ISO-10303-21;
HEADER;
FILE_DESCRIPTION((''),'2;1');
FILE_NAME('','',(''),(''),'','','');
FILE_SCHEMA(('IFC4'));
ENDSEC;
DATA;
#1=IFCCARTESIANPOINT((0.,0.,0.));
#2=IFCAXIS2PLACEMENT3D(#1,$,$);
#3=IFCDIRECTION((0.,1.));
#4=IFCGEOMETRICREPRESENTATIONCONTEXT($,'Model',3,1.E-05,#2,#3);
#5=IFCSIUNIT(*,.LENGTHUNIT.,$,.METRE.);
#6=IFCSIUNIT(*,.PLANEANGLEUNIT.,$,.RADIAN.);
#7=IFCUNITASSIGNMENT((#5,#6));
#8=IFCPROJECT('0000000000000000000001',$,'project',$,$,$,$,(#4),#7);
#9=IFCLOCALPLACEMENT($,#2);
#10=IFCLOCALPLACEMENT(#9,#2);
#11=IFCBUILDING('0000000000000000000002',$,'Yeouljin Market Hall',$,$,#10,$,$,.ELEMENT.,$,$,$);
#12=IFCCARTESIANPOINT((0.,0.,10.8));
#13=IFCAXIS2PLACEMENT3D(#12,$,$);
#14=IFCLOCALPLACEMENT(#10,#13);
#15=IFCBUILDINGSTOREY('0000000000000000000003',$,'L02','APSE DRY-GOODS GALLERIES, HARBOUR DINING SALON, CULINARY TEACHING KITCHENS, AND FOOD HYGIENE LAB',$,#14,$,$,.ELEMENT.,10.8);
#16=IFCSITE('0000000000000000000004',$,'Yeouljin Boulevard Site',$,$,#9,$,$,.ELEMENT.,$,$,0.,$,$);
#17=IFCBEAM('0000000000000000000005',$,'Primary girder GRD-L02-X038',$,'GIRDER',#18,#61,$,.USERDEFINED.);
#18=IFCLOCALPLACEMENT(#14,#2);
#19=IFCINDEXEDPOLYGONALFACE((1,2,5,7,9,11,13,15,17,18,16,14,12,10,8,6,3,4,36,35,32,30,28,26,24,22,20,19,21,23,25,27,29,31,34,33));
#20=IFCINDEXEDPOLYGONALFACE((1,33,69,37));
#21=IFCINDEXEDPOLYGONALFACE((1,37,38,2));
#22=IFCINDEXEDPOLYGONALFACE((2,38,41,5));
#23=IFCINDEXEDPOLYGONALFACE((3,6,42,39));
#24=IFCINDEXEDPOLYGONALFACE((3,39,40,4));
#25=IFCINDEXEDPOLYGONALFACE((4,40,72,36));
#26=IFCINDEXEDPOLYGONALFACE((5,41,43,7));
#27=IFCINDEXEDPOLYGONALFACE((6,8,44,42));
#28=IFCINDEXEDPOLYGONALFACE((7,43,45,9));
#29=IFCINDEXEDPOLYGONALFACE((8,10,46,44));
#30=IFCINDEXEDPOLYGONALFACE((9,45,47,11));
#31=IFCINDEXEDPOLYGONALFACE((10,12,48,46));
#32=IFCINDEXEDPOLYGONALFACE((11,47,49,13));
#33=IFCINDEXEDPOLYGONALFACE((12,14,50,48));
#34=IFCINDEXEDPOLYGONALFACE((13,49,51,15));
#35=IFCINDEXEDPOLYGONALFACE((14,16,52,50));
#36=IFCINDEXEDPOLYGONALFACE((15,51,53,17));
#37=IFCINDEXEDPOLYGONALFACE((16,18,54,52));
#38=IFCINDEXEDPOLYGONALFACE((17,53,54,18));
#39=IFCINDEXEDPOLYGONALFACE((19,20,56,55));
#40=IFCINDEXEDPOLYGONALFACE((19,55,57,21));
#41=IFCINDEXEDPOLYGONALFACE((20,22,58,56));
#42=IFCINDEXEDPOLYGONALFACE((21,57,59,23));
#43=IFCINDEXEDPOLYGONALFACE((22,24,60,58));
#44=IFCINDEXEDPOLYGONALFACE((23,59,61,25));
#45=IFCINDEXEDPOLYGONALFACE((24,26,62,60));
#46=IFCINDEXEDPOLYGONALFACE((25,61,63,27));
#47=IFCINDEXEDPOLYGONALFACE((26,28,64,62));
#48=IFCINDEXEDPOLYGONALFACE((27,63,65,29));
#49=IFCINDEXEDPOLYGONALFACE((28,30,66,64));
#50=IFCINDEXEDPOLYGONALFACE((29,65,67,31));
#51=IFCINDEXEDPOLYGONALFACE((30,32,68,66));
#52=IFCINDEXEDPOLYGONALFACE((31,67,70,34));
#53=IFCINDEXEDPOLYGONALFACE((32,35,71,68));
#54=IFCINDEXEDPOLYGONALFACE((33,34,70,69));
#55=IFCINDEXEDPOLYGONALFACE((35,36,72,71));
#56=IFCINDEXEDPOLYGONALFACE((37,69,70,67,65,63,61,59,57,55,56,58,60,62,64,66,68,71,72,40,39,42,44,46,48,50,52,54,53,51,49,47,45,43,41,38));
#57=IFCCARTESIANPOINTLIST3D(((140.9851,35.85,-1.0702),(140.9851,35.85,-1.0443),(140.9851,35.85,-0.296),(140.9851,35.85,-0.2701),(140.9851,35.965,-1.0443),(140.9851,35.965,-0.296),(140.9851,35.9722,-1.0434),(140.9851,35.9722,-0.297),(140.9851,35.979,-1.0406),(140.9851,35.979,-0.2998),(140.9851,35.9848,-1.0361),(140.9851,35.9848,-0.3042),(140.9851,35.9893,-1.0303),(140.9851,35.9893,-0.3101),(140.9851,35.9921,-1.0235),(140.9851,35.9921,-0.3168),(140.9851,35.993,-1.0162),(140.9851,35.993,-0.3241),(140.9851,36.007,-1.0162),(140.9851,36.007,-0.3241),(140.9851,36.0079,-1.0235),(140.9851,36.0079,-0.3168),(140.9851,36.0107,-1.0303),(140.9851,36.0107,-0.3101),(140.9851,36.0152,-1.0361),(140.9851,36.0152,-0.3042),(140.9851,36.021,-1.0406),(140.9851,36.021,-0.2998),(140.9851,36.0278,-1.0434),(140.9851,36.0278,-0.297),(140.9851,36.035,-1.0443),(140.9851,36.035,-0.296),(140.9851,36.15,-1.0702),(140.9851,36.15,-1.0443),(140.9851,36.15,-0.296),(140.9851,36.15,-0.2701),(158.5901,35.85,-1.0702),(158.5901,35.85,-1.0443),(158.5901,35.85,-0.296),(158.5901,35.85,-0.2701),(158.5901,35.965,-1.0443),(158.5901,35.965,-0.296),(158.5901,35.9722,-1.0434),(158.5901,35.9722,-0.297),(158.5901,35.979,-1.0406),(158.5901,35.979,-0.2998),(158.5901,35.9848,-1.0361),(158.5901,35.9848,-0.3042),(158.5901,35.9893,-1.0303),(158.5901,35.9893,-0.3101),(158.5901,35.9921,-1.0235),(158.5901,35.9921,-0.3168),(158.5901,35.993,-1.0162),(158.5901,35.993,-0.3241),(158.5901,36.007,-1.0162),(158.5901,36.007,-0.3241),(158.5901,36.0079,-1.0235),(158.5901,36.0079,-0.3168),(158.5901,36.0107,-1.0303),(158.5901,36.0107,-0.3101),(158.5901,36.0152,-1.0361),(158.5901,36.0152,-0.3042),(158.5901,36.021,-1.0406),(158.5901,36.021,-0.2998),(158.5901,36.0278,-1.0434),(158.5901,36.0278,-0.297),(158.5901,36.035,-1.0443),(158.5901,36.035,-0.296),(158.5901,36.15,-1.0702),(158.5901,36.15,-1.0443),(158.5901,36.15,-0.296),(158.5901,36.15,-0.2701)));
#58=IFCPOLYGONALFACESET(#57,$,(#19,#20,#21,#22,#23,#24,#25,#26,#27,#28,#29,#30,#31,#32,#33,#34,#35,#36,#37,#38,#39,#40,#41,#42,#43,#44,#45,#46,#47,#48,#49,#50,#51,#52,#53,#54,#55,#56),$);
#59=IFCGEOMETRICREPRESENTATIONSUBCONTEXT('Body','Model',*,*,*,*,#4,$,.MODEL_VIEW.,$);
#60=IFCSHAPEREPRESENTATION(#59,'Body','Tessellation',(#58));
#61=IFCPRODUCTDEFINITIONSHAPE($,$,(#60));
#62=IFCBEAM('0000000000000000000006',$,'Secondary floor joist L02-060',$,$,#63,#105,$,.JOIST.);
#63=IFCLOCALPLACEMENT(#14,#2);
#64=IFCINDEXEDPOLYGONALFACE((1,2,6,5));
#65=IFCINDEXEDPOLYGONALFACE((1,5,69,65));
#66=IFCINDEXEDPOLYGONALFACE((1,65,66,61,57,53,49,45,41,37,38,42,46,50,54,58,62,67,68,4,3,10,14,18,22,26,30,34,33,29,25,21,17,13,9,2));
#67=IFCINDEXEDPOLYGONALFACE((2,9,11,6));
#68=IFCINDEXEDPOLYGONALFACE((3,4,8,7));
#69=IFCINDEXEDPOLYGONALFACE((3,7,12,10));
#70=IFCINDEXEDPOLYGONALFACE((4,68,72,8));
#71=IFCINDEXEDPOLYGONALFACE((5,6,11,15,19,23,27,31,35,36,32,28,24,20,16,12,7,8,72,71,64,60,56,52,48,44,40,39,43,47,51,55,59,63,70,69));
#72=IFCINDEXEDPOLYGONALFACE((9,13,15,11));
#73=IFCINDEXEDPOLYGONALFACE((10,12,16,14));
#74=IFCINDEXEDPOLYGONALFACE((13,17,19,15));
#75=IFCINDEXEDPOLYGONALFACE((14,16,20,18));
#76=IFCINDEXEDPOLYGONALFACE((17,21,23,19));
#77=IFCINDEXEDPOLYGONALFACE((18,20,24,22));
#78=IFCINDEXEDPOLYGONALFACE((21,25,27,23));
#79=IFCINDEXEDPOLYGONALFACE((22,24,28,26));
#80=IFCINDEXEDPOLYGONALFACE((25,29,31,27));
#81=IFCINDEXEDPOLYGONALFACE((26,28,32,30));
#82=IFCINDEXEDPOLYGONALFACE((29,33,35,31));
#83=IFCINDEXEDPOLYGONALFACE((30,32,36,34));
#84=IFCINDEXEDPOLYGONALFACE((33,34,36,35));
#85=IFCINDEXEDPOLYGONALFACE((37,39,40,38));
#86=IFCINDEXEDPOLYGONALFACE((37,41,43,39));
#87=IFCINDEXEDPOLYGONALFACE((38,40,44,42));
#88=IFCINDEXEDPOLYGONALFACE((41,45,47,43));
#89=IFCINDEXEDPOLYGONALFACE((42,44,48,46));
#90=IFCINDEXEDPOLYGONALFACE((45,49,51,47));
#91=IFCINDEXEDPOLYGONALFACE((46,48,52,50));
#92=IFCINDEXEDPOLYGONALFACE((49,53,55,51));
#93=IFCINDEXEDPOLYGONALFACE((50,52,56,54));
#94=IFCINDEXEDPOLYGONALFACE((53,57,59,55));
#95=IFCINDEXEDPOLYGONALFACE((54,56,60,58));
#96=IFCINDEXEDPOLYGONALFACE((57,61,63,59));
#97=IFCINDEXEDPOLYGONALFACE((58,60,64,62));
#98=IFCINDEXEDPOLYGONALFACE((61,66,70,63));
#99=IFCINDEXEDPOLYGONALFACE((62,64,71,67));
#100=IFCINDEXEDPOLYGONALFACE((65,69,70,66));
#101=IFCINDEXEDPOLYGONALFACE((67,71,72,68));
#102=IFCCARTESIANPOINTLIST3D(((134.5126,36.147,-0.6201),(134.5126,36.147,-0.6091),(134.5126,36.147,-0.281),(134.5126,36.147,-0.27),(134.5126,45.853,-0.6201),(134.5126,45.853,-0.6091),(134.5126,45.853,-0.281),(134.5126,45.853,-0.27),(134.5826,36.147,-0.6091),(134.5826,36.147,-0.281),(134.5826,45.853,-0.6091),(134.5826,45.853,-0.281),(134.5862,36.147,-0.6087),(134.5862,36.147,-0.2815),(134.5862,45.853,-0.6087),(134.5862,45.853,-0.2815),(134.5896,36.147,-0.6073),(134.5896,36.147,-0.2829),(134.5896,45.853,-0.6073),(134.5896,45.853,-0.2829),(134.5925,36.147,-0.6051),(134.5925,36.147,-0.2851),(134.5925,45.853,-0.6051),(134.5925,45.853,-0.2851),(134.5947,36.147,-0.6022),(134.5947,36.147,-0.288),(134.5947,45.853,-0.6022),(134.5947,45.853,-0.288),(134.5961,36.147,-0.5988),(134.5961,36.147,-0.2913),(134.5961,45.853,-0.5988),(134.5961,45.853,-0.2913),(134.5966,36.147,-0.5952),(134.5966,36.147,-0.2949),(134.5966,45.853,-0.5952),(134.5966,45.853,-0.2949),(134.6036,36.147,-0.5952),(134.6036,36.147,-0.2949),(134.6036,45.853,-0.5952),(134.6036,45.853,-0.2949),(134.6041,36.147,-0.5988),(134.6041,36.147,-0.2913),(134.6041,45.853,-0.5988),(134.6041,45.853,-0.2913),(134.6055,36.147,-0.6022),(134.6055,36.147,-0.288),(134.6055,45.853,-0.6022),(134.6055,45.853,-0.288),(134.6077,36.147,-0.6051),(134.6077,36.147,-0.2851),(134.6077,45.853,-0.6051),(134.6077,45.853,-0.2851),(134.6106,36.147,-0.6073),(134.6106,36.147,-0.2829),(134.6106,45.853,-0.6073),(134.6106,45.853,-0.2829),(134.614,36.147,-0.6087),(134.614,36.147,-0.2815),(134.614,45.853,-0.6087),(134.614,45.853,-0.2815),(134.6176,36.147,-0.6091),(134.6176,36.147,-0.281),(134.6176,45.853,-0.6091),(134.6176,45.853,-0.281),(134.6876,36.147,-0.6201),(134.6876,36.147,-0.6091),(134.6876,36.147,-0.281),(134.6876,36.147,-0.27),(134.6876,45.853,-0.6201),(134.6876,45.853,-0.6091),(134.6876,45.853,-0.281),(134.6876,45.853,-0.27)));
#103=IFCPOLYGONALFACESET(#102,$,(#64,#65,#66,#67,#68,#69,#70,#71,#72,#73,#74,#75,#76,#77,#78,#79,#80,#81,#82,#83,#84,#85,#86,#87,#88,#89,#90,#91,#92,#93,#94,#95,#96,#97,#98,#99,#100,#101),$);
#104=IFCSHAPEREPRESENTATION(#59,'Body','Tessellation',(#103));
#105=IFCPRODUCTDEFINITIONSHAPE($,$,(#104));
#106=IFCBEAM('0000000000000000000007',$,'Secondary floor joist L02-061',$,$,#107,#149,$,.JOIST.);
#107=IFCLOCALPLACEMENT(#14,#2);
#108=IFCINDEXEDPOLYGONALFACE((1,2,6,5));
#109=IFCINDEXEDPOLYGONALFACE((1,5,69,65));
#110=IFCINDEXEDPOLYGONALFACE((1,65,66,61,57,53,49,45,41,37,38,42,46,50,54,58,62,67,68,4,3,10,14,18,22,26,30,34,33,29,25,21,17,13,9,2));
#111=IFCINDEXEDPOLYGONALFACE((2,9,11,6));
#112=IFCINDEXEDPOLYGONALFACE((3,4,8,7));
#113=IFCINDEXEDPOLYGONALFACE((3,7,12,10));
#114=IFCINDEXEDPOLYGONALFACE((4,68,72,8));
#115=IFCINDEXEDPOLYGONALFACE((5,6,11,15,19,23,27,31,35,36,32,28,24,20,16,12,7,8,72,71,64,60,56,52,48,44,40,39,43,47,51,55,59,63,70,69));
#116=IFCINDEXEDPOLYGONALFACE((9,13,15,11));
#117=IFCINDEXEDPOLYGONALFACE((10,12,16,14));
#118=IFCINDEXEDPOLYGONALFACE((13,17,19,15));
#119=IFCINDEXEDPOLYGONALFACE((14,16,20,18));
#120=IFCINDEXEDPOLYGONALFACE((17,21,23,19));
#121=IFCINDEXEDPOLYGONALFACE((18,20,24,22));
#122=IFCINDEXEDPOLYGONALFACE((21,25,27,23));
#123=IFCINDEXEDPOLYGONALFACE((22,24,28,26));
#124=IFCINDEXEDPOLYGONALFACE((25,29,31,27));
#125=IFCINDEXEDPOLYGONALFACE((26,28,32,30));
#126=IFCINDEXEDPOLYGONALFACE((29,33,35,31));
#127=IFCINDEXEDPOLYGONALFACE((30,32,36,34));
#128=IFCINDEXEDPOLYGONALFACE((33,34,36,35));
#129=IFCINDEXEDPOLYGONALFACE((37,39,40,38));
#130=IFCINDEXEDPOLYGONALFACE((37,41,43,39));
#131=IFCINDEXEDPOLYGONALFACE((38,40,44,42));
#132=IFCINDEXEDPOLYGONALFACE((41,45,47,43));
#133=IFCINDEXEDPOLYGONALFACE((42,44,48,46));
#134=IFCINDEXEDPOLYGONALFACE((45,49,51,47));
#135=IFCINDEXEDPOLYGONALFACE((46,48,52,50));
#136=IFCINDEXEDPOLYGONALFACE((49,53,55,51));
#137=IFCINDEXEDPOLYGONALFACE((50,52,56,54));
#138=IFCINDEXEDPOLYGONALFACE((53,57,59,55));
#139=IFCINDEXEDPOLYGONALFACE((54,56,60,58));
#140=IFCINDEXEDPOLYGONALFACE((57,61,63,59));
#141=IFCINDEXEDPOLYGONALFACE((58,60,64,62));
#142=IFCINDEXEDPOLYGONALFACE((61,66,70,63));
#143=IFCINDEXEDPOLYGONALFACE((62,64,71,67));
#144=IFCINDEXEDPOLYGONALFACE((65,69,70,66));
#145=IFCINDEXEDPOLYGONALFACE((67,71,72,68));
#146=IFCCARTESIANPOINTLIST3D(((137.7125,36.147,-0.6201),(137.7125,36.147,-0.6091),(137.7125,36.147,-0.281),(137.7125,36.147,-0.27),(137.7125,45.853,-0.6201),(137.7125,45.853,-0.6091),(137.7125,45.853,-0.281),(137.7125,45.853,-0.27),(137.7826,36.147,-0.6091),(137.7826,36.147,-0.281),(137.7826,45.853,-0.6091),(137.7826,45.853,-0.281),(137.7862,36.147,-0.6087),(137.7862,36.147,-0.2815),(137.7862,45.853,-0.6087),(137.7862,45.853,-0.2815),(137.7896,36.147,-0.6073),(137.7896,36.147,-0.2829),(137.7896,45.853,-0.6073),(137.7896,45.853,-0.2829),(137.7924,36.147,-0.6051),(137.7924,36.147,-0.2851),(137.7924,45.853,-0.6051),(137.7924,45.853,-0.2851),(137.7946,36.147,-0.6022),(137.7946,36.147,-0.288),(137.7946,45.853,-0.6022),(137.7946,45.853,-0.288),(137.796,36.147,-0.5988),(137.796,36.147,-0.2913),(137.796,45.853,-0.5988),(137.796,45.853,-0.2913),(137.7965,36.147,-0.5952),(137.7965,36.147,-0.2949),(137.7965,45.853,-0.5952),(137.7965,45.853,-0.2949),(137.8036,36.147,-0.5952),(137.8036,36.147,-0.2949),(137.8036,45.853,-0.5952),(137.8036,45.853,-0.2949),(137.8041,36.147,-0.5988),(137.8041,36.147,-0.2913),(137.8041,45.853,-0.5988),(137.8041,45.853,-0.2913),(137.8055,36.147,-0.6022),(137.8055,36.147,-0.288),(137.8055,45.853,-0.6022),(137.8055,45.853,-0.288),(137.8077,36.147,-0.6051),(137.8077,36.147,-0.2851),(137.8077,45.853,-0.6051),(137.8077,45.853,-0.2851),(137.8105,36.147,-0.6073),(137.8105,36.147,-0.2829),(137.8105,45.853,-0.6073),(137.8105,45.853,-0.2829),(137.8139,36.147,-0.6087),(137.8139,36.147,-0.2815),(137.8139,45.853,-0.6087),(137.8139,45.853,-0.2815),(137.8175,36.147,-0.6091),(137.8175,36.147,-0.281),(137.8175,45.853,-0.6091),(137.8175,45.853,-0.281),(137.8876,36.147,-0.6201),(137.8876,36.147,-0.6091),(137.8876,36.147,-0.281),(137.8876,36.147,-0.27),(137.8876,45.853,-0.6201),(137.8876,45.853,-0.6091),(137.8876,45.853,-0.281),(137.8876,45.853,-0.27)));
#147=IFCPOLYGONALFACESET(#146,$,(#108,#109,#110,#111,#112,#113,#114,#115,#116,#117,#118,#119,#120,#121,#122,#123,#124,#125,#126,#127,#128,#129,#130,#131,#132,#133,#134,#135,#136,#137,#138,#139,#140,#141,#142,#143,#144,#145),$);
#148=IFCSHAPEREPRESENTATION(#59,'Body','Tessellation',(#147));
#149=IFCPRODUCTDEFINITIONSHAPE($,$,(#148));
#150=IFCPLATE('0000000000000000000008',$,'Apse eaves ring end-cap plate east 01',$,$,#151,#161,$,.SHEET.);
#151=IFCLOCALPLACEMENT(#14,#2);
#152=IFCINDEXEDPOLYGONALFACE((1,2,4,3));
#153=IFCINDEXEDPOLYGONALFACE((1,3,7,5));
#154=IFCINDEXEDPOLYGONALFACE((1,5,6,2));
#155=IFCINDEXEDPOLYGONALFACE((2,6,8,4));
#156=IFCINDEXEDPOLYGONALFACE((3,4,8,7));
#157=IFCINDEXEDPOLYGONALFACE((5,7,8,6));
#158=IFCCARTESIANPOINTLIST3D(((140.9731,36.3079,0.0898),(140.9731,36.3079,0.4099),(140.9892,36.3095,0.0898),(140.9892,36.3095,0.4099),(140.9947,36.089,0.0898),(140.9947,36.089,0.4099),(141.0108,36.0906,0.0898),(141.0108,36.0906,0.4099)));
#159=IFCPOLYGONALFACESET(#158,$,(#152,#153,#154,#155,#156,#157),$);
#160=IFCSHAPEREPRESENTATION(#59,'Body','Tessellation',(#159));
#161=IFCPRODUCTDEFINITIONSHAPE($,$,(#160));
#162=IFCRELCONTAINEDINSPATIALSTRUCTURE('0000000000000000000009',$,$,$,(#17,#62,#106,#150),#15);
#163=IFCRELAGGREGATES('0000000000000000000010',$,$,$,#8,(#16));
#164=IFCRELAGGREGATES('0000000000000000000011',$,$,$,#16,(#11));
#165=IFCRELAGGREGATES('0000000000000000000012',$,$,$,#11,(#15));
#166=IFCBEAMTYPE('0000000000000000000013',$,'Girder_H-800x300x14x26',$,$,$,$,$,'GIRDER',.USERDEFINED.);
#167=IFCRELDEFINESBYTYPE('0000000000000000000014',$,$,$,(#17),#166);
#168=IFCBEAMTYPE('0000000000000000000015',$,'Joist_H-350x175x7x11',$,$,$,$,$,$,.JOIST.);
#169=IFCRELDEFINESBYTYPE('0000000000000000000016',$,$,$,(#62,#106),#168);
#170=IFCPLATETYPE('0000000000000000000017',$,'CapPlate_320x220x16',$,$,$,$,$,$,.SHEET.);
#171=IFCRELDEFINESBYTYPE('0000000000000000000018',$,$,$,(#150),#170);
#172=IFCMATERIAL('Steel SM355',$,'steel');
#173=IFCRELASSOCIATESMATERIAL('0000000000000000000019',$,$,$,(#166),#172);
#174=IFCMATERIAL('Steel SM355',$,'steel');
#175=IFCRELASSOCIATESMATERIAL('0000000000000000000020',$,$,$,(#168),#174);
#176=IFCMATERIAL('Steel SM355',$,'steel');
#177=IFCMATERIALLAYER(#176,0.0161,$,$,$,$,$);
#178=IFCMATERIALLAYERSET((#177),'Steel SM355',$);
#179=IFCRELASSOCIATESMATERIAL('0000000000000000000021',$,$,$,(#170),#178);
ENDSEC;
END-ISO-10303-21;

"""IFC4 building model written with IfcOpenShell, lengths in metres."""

from ifc_helpers import new_model, si_unit, direction, frame, origin, origin_2d, place, context, subcontext, project, spatial, rectangle, i_section, extrude, material, layer, layer_set, material_profile, profile_set, type_object, element, save


model = new_model("IFC4")

# Units and contexts
model_context = context("Model", 3, precision=1e-05, world=origin(), true_north=direction((0.0, 1.0)))
body_context = subcontext(model_context, "Body", "Model", "MODEL_VIEW")
ifc_project = project(units=[si_unit("LENGTHUNIT", "METRE"), si_unit("PLANEANGLEUNIT", "RADIAN")], contexts=[model_context])

# Site, building, storey
site_placement = place(None, origin())
site = spatial("IfcSite", under=ifc_project, at=site_placement, Name="Yeouljin Boulevard Site", CompositionType="ELEMENT", RefElevation=0.0)
building_placement = place(site_placement, origin())
building = spatial("IfcBuilding", under=site, at=building_placement, Name="Yeouljin Market Hall", CompositionType="ELEMENT")
storey_placement = place(building_placement, frame((0.0, 0.0, 10.8)))
storey = spatial("IfcBuildingStorey", under=building, at=storey_placement, Name="L02", Description="APSE DRY-GOODS GALLERIES, HARBOUR DINING SALON, CULINARY TEACHING KITCHENS, AND FOOD HYGIENE LAB", CompositionType="ELEMENT", Elevation=10.8)

# Beams
ifc_material_1 = material(Name="Steel SM355", Category="steel")
ifc_material_profile_1 = material_profile(ifc_material_1, i_section(OverallWidth=0.3, OverallDepth=0.8, WebThickness=0.0139, FlangeThickness=0.0259, FilletRadius=0.0281, at=origin_2d()), Name="H-800x300x14x26")
ifc_profile_set_1 = profile_set([ifc_material_profile_1], Name="Steel SM355")
beam_type_1 = type_object("IfcBeamType", Name="Girder_H-800x300x14x26", ElementType="GIRDER", PredefinedType="USERDEFINED", material=ifc_profile_set_1)
beam_1_placement = place(storey_placement, frame((140.9851, 36.0, -0.6702), z_axis=(1.0, 0.0, 0.0), x_axis=(0.0, 1.0, 0.0)))
element("IfcBeam", 1, at=beam_1_placement, inside=storey, type_object=beam_type_1, Name="Primary girder GRD-L02-X038", ObjectType="GIRDER", PredefinedType="USERDEFINED", context=body_context, shape_type="SweptSolid", body=[
    extrude(i_section(OverallWidth=0.3, OverallDepth=0.8, WebThickness=0.0139, FlangeThickness=0.0259, FilletRadius=0.0281, at=origin_2d()), origin(), (0.0, 0.0, 1.0), 17.605),
])
ifc_material_2 = material(Name="Steel SM355", Category="steel")
ifc_material_profile_2 = material_profile(ifc_material_2, i_section(OverallWidth=0.175, OverallDepth=0.3501, WebThickness=0.0071, FlangeThickness=0.011, FilletRadius=0.0139, at=origin_2d()), Name="H-350x175x7x11")
ifc_profile_set_2 = profile_set([ifc_material_profile_2], Name="Steel SM355")
beam_type_2 = type_object("IfcBeamType", Name="Joist_H-350x175x7x11", PredefinedType="JOIST", material=ifc_profile_set_2)
for number, where, z_axis, x_axis, name in (
    (2, (134.6001, 36.147, -0.4451), (0.0, 1.0, 0.0), (-1.0, 0.0, 0.0), "Secondary floor joist L02-060"),
    (3, (137.8, 36.147, -0.4451), (0.0, 1.0, 0.0), (-1.0, 0.0, 0.0), "Secondary floor joist L02-061"),
):
    element("IfcBeam", number, at=place(storey_placement, frame(where, z_axis=z_axis, x_axis=x_axis)), inside=storey, type_object=beam_type_2, Name=name, PredefinedType="JOIST", context=body_context, shape_type="SweptSolid", body=[
        extrude(i_section(OverallWidth=0.175, OverallDepth=0.3501, WebThickness=0.0071, FlangeThickness=0.011, FilletRadius=0.0139, at=origin_2d()), origin(), (0.0, 0.0, 1.0), 9.7061),
    ])

# Plate
ifc_material_3 = material(Name="Steel SM355", Category="steel")
ifc_layer = layer(ifc_material_3, 0.0161)
ifc_layer_set = layer_set([ifc_layer], Name="Steel SM355")
plate_type = type_object("IfcPlateType", Name="CapPlate_320x220x16", PredefinedType="SHEET", material=ifc_layer_set)
plate_placement = place(storey_placement, frame((140.9919, 36.1992, 0.0898), z_axis=(0.0, 0.0, 1.0), x_axis=(-0.098104, 0.995176, 0.0)))
element("IfcPlate", 4, at=plate_placement, inside=storey, type_object=plate_type, Name="Apse eaves ring end-cap plate east 01", PredefinedType="SHEET", context=body_context, shape_type="SweptSolid", body=[
    extrude(rectangle(XDim=0.22, YDim=0.0161, at=origin_2d()), origin(), (0.0, 0.0, 1.0), 0.3201),
])

save(model, "model.ifc")
